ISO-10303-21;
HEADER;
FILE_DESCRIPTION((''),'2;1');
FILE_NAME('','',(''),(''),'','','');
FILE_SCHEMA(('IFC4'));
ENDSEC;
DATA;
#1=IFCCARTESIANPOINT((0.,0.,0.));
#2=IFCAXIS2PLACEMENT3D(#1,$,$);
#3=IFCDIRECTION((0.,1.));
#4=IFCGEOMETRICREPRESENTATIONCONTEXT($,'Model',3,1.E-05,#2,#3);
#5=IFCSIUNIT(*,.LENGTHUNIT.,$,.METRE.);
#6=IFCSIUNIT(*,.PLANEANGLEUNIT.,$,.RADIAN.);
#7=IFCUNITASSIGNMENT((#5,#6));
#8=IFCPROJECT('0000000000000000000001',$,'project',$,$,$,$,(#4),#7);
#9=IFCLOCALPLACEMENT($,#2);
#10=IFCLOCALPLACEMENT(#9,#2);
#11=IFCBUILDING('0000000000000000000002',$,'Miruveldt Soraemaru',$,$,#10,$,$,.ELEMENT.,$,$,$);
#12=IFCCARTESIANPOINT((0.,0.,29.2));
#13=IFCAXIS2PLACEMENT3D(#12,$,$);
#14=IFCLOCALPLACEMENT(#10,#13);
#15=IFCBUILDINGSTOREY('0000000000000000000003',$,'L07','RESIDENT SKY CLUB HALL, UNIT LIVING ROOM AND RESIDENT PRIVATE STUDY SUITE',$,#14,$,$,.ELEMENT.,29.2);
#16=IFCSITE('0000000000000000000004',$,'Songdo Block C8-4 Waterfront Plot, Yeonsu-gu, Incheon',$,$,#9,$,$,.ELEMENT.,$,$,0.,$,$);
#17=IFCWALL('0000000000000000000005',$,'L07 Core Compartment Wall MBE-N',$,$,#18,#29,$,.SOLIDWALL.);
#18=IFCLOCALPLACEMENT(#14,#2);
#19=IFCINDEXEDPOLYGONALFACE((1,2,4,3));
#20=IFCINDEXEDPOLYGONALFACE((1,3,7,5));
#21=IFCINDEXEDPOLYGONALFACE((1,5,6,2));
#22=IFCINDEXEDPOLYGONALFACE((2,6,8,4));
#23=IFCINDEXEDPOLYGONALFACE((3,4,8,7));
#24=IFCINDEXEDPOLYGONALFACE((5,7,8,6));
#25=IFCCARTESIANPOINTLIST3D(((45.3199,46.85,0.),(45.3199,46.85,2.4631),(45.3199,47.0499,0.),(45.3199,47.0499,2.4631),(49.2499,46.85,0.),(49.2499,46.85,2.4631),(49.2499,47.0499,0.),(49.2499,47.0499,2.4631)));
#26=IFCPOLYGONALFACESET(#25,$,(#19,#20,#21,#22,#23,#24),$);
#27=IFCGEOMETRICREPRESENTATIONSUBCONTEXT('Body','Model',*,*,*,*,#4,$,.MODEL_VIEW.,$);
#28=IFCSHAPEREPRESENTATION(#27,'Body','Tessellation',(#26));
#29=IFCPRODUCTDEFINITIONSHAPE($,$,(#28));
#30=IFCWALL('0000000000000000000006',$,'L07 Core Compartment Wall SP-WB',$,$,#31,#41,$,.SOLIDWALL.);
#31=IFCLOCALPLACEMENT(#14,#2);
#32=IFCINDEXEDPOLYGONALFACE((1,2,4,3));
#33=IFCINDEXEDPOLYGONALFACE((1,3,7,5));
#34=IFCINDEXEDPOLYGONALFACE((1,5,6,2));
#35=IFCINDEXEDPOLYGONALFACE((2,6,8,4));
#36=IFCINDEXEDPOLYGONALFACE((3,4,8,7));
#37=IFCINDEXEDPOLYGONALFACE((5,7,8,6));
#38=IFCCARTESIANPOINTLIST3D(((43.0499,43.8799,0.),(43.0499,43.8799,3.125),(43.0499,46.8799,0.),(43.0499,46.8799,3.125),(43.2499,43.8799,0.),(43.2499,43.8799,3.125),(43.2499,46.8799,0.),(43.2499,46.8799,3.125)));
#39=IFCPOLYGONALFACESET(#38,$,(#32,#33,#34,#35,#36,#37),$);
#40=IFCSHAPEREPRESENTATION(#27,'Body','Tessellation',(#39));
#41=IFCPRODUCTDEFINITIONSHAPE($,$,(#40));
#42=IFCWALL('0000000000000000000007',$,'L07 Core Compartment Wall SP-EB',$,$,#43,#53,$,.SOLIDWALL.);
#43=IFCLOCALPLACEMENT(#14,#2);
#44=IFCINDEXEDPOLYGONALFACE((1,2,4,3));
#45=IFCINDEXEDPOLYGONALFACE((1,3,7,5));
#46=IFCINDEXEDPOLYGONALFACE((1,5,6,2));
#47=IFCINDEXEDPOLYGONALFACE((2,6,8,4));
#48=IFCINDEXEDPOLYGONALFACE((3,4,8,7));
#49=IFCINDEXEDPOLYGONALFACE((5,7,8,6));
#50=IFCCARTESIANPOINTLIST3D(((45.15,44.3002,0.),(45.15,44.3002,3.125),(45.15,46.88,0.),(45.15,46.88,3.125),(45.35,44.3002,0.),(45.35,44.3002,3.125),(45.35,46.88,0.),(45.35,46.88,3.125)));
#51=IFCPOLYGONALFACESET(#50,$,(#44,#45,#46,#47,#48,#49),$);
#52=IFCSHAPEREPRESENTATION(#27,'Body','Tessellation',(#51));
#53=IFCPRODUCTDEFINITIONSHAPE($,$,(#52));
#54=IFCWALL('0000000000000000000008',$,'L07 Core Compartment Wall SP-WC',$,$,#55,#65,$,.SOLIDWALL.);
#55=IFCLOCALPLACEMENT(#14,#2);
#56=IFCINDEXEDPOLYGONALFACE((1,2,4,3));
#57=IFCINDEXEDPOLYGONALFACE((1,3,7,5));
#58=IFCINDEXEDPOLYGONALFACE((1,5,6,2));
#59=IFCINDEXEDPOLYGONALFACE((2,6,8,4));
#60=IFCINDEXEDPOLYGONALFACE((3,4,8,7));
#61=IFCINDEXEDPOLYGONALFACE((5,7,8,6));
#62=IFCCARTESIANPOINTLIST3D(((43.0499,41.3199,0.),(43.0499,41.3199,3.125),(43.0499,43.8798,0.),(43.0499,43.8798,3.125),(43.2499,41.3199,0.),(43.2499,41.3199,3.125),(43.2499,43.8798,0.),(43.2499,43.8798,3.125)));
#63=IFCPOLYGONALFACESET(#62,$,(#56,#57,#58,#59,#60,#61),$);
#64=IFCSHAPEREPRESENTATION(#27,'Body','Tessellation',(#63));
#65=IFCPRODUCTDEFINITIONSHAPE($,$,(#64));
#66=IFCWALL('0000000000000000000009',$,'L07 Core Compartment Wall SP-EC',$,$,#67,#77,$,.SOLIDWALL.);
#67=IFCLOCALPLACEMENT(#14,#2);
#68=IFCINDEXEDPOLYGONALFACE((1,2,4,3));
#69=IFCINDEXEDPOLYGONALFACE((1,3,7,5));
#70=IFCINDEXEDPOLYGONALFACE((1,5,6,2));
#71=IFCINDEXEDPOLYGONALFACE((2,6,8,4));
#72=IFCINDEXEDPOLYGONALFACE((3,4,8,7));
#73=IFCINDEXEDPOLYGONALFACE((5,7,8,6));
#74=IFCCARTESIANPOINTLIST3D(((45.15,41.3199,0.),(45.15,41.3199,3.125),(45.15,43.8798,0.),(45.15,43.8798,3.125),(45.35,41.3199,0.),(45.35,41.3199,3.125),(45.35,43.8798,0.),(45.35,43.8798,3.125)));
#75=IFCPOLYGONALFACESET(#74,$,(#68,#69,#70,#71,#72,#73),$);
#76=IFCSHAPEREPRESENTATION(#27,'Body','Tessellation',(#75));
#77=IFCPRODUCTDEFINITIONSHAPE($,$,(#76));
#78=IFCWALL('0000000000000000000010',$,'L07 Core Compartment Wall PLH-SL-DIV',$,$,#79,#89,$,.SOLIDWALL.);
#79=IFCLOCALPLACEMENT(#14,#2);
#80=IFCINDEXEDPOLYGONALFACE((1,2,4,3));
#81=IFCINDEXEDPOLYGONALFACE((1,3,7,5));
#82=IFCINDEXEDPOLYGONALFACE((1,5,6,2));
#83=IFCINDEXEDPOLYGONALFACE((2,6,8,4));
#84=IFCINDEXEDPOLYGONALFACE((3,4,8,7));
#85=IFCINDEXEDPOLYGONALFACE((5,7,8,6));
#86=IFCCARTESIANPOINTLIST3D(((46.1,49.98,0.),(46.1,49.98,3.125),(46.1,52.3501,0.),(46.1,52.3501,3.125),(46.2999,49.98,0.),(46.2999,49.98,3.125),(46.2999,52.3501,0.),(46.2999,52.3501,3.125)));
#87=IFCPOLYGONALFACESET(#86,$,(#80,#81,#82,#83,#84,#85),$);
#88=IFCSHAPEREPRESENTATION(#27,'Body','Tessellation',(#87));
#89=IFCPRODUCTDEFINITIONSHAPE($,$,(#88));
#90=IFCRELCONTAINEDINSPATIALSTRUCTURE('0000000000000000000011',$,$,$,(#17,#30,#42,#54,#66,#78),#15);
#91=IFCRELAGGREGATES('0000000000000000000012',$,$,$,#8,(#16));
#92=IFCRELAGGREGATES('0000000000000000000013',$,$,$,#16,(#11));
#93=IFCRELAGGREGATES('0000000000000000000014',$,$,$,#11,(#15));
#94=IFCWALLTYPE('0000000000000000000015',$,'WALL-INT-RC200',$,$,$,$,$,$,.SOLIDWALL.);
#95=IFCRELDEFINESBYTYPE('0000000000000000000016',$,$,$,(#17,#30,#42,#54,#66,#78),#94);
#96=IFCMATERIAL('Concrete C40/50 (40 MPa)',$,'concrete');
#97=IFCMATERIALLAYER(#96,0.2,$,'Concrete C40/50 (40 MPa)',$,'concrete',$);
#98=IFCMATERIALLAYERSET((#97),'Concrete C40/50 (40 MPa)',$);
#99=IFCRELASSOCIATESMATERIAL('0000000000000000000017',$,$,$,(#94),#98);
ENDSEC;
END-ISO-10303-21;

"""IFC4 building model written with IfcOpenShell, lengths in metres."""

from ifc_helpers import new_model, si_unit, direction, frame, frame_2d, origin, place, context, subcontext, project, spatial, rectangle, extrude, material, layer, layer_set, type_object, element, save


model = new_model("IFC4")

# Units and contexts
model_context = context("Model", 3, precision=1e-05, world=origin(), true_north=direction((0.0, 1.0)))
body_context = subcontext(model_context, "Body", "Model", "MODEL_VIEW")
ifc_project = project(units=[si_unit("LENGTHUNIT", "METRE"), si_unit("PLANEANGLEUNIT", "RADIAN")], contexts=[model_context])

# Site, building, storey
site_placement = place(None, origin())
site = spatial("IfcSite", under=ifc_project, at=site_placement, Name="Songdo Block C8-4 Waterfront Plot, Yeonsu-gu, Incheon", CompositionType="ELEMENT", RefElevation=0.0)
building_placement = place(site_placement, origin())
building = spatial("IfcBuilding", under=site, at=building_placement, Name="Miruveldt Soraemaru", CompositionType="ELEMENT")
storey_placement = place(building_placement, frame((0.0, 0.0, 29.2)))
storey = spatial("IfcBuildingStorey", under=building, at=storey_placement, Name="L07", Description="RESIDENT SKY CLUB HALL, UNIT LIVING ROOM AND RESIDENT PRIVATE STUDY SUITE", CompositionType="ELEMENT", Elevation=29.2)

# Shared definitions
ifc_material_1 = material(Name="Concrete C40/50 (40 MPa)", Category="concrete")

# Shared definitions
ifc_layer_1 = layer(ifc_material_1, 0.2, Name="Concrete C40/50 (40 MPa)", Category="concrete")
ifc_layer_set_1 = layer_set([ifc_layer_1], Name="Concrete C40/50 (40 MPa)")
wall_type_1 = type_object("IfcWallType", Name="WALL-INT-RC200", PredefinedType="SOLIDWALL", material=ifc_layer_set_1)

# Walls
wall_1_placement = place(storey_placement, frame((45.3201, 46.95, 0.0), z_axis=(0.0, 0.0, 1.0), x_axis=(1.0, 0.0, 0.0)))
element("IfcWall", 1, at=wall_1_placement, inside=storey, type_object=wall_type_1, Name="L07 Core Compartment Wall MBE-N", PredefinedType="SOLIDWALL", context=body_context, shape_type="SweptSolid", body=[
    extrude(rectangle(XDim=3.9299, YDim=0.2, at=frame_2d((1.9648, 0.0))), origin(), (0.0, 0.0, 1.0), 2.4631),
])
wall_2_placement = place(storey_placement, frame((43.1499, 43.8799, 0.0), z_axis=(0.0, 0.0, 1.0), x_axis=(0.0, 1.0, 0.0)))
element("IfcWall", 2, at=wall_2_placement, inside=storey, type_object=wall_type_1, Name="L07 Core Compartment Wall SP-WB", PredefinedType="SOLIDWALL", context=body_context, shape_type="SweptSolid", body=[
    extrude(rectangle(XDim=3.0, YDim=0.2, at=frame_2d((1.5, 0.0))), origin(), (0.0, 0.0, 1.0), 3.125),
])
wall_3_placement = place(storey_placement, frame((45.25, 44.3, 0.0), z_axis=(0.0, 0.0, 1.0), x_axis=(0.0, 1.0, 0.0)))
element("IfcWall", 3, at=wall_3_placement, inside=storey, type_object=wall_type_1, Name="L07 Core Compartment Wall SP-EB", PredefinedType="SOLIDWALL", context=body_context, shape_type="SweptSolid", body=[
    extrude(rectangle(XDim=2.5798, YDim=0.2, at=frame_2d((1.29, 0.0))), origin(), (0.0, 0.0, 1.0), 3.125),
])
for number, where, z_axis, x_axis, name in (
    (4, (43.1499, 41.3201, 0.0), (0.0, 0.0, 1.0), (0.0, 1.0, 0.0), "L07 Core Compartment Wall SP-WC"),
    (5, (45.25, 41.3201, 0.0), (0.0, 0.0, 1.0), (0.0, 1.0, 0.0), "L07 Core Compartment Wall SP-EC"),
):
    element("IfcWall", number, at=place(storey_placement, frame(where, z_axis=z_axis, x_axis=x_axis)), inside=storey, type_object=wall_type_1, Name=name, PredefinedType="SOLIDWALL", context=body_context, shape_type="SweptSolid", body=[
        extrude(rectangle(XDim=2.5598, YDim=0.2, at=frame_2d((1.2798, 0.0))), origin(), (0.0, 0.0, 1.0), 3.125),
    ])
wall_4_placement = place(storey_placement, frame((46.2, 49.98, 0.0), z_axis=(0.0, 0.0, 1.0), x_axis=(0.0, 1.0, 0.0)))
element("IfcWall", 6, at=wall_4_placement, inside=storey, type_object=wall_type_1, Name="L07 Core Compartment Wall PLH-SL-DIV", PredefinedType="SOLIDWALL", context=body_context, shape_type="SweptSolid", body=[
    extrude(rectangle(XDim=2.3701, YDim=0.2, at=frame_2d((1.1851, 0.0))), origin(), (0.0, 0.0, 1.0), 3.125),
])

save(model, "model.ifc")
